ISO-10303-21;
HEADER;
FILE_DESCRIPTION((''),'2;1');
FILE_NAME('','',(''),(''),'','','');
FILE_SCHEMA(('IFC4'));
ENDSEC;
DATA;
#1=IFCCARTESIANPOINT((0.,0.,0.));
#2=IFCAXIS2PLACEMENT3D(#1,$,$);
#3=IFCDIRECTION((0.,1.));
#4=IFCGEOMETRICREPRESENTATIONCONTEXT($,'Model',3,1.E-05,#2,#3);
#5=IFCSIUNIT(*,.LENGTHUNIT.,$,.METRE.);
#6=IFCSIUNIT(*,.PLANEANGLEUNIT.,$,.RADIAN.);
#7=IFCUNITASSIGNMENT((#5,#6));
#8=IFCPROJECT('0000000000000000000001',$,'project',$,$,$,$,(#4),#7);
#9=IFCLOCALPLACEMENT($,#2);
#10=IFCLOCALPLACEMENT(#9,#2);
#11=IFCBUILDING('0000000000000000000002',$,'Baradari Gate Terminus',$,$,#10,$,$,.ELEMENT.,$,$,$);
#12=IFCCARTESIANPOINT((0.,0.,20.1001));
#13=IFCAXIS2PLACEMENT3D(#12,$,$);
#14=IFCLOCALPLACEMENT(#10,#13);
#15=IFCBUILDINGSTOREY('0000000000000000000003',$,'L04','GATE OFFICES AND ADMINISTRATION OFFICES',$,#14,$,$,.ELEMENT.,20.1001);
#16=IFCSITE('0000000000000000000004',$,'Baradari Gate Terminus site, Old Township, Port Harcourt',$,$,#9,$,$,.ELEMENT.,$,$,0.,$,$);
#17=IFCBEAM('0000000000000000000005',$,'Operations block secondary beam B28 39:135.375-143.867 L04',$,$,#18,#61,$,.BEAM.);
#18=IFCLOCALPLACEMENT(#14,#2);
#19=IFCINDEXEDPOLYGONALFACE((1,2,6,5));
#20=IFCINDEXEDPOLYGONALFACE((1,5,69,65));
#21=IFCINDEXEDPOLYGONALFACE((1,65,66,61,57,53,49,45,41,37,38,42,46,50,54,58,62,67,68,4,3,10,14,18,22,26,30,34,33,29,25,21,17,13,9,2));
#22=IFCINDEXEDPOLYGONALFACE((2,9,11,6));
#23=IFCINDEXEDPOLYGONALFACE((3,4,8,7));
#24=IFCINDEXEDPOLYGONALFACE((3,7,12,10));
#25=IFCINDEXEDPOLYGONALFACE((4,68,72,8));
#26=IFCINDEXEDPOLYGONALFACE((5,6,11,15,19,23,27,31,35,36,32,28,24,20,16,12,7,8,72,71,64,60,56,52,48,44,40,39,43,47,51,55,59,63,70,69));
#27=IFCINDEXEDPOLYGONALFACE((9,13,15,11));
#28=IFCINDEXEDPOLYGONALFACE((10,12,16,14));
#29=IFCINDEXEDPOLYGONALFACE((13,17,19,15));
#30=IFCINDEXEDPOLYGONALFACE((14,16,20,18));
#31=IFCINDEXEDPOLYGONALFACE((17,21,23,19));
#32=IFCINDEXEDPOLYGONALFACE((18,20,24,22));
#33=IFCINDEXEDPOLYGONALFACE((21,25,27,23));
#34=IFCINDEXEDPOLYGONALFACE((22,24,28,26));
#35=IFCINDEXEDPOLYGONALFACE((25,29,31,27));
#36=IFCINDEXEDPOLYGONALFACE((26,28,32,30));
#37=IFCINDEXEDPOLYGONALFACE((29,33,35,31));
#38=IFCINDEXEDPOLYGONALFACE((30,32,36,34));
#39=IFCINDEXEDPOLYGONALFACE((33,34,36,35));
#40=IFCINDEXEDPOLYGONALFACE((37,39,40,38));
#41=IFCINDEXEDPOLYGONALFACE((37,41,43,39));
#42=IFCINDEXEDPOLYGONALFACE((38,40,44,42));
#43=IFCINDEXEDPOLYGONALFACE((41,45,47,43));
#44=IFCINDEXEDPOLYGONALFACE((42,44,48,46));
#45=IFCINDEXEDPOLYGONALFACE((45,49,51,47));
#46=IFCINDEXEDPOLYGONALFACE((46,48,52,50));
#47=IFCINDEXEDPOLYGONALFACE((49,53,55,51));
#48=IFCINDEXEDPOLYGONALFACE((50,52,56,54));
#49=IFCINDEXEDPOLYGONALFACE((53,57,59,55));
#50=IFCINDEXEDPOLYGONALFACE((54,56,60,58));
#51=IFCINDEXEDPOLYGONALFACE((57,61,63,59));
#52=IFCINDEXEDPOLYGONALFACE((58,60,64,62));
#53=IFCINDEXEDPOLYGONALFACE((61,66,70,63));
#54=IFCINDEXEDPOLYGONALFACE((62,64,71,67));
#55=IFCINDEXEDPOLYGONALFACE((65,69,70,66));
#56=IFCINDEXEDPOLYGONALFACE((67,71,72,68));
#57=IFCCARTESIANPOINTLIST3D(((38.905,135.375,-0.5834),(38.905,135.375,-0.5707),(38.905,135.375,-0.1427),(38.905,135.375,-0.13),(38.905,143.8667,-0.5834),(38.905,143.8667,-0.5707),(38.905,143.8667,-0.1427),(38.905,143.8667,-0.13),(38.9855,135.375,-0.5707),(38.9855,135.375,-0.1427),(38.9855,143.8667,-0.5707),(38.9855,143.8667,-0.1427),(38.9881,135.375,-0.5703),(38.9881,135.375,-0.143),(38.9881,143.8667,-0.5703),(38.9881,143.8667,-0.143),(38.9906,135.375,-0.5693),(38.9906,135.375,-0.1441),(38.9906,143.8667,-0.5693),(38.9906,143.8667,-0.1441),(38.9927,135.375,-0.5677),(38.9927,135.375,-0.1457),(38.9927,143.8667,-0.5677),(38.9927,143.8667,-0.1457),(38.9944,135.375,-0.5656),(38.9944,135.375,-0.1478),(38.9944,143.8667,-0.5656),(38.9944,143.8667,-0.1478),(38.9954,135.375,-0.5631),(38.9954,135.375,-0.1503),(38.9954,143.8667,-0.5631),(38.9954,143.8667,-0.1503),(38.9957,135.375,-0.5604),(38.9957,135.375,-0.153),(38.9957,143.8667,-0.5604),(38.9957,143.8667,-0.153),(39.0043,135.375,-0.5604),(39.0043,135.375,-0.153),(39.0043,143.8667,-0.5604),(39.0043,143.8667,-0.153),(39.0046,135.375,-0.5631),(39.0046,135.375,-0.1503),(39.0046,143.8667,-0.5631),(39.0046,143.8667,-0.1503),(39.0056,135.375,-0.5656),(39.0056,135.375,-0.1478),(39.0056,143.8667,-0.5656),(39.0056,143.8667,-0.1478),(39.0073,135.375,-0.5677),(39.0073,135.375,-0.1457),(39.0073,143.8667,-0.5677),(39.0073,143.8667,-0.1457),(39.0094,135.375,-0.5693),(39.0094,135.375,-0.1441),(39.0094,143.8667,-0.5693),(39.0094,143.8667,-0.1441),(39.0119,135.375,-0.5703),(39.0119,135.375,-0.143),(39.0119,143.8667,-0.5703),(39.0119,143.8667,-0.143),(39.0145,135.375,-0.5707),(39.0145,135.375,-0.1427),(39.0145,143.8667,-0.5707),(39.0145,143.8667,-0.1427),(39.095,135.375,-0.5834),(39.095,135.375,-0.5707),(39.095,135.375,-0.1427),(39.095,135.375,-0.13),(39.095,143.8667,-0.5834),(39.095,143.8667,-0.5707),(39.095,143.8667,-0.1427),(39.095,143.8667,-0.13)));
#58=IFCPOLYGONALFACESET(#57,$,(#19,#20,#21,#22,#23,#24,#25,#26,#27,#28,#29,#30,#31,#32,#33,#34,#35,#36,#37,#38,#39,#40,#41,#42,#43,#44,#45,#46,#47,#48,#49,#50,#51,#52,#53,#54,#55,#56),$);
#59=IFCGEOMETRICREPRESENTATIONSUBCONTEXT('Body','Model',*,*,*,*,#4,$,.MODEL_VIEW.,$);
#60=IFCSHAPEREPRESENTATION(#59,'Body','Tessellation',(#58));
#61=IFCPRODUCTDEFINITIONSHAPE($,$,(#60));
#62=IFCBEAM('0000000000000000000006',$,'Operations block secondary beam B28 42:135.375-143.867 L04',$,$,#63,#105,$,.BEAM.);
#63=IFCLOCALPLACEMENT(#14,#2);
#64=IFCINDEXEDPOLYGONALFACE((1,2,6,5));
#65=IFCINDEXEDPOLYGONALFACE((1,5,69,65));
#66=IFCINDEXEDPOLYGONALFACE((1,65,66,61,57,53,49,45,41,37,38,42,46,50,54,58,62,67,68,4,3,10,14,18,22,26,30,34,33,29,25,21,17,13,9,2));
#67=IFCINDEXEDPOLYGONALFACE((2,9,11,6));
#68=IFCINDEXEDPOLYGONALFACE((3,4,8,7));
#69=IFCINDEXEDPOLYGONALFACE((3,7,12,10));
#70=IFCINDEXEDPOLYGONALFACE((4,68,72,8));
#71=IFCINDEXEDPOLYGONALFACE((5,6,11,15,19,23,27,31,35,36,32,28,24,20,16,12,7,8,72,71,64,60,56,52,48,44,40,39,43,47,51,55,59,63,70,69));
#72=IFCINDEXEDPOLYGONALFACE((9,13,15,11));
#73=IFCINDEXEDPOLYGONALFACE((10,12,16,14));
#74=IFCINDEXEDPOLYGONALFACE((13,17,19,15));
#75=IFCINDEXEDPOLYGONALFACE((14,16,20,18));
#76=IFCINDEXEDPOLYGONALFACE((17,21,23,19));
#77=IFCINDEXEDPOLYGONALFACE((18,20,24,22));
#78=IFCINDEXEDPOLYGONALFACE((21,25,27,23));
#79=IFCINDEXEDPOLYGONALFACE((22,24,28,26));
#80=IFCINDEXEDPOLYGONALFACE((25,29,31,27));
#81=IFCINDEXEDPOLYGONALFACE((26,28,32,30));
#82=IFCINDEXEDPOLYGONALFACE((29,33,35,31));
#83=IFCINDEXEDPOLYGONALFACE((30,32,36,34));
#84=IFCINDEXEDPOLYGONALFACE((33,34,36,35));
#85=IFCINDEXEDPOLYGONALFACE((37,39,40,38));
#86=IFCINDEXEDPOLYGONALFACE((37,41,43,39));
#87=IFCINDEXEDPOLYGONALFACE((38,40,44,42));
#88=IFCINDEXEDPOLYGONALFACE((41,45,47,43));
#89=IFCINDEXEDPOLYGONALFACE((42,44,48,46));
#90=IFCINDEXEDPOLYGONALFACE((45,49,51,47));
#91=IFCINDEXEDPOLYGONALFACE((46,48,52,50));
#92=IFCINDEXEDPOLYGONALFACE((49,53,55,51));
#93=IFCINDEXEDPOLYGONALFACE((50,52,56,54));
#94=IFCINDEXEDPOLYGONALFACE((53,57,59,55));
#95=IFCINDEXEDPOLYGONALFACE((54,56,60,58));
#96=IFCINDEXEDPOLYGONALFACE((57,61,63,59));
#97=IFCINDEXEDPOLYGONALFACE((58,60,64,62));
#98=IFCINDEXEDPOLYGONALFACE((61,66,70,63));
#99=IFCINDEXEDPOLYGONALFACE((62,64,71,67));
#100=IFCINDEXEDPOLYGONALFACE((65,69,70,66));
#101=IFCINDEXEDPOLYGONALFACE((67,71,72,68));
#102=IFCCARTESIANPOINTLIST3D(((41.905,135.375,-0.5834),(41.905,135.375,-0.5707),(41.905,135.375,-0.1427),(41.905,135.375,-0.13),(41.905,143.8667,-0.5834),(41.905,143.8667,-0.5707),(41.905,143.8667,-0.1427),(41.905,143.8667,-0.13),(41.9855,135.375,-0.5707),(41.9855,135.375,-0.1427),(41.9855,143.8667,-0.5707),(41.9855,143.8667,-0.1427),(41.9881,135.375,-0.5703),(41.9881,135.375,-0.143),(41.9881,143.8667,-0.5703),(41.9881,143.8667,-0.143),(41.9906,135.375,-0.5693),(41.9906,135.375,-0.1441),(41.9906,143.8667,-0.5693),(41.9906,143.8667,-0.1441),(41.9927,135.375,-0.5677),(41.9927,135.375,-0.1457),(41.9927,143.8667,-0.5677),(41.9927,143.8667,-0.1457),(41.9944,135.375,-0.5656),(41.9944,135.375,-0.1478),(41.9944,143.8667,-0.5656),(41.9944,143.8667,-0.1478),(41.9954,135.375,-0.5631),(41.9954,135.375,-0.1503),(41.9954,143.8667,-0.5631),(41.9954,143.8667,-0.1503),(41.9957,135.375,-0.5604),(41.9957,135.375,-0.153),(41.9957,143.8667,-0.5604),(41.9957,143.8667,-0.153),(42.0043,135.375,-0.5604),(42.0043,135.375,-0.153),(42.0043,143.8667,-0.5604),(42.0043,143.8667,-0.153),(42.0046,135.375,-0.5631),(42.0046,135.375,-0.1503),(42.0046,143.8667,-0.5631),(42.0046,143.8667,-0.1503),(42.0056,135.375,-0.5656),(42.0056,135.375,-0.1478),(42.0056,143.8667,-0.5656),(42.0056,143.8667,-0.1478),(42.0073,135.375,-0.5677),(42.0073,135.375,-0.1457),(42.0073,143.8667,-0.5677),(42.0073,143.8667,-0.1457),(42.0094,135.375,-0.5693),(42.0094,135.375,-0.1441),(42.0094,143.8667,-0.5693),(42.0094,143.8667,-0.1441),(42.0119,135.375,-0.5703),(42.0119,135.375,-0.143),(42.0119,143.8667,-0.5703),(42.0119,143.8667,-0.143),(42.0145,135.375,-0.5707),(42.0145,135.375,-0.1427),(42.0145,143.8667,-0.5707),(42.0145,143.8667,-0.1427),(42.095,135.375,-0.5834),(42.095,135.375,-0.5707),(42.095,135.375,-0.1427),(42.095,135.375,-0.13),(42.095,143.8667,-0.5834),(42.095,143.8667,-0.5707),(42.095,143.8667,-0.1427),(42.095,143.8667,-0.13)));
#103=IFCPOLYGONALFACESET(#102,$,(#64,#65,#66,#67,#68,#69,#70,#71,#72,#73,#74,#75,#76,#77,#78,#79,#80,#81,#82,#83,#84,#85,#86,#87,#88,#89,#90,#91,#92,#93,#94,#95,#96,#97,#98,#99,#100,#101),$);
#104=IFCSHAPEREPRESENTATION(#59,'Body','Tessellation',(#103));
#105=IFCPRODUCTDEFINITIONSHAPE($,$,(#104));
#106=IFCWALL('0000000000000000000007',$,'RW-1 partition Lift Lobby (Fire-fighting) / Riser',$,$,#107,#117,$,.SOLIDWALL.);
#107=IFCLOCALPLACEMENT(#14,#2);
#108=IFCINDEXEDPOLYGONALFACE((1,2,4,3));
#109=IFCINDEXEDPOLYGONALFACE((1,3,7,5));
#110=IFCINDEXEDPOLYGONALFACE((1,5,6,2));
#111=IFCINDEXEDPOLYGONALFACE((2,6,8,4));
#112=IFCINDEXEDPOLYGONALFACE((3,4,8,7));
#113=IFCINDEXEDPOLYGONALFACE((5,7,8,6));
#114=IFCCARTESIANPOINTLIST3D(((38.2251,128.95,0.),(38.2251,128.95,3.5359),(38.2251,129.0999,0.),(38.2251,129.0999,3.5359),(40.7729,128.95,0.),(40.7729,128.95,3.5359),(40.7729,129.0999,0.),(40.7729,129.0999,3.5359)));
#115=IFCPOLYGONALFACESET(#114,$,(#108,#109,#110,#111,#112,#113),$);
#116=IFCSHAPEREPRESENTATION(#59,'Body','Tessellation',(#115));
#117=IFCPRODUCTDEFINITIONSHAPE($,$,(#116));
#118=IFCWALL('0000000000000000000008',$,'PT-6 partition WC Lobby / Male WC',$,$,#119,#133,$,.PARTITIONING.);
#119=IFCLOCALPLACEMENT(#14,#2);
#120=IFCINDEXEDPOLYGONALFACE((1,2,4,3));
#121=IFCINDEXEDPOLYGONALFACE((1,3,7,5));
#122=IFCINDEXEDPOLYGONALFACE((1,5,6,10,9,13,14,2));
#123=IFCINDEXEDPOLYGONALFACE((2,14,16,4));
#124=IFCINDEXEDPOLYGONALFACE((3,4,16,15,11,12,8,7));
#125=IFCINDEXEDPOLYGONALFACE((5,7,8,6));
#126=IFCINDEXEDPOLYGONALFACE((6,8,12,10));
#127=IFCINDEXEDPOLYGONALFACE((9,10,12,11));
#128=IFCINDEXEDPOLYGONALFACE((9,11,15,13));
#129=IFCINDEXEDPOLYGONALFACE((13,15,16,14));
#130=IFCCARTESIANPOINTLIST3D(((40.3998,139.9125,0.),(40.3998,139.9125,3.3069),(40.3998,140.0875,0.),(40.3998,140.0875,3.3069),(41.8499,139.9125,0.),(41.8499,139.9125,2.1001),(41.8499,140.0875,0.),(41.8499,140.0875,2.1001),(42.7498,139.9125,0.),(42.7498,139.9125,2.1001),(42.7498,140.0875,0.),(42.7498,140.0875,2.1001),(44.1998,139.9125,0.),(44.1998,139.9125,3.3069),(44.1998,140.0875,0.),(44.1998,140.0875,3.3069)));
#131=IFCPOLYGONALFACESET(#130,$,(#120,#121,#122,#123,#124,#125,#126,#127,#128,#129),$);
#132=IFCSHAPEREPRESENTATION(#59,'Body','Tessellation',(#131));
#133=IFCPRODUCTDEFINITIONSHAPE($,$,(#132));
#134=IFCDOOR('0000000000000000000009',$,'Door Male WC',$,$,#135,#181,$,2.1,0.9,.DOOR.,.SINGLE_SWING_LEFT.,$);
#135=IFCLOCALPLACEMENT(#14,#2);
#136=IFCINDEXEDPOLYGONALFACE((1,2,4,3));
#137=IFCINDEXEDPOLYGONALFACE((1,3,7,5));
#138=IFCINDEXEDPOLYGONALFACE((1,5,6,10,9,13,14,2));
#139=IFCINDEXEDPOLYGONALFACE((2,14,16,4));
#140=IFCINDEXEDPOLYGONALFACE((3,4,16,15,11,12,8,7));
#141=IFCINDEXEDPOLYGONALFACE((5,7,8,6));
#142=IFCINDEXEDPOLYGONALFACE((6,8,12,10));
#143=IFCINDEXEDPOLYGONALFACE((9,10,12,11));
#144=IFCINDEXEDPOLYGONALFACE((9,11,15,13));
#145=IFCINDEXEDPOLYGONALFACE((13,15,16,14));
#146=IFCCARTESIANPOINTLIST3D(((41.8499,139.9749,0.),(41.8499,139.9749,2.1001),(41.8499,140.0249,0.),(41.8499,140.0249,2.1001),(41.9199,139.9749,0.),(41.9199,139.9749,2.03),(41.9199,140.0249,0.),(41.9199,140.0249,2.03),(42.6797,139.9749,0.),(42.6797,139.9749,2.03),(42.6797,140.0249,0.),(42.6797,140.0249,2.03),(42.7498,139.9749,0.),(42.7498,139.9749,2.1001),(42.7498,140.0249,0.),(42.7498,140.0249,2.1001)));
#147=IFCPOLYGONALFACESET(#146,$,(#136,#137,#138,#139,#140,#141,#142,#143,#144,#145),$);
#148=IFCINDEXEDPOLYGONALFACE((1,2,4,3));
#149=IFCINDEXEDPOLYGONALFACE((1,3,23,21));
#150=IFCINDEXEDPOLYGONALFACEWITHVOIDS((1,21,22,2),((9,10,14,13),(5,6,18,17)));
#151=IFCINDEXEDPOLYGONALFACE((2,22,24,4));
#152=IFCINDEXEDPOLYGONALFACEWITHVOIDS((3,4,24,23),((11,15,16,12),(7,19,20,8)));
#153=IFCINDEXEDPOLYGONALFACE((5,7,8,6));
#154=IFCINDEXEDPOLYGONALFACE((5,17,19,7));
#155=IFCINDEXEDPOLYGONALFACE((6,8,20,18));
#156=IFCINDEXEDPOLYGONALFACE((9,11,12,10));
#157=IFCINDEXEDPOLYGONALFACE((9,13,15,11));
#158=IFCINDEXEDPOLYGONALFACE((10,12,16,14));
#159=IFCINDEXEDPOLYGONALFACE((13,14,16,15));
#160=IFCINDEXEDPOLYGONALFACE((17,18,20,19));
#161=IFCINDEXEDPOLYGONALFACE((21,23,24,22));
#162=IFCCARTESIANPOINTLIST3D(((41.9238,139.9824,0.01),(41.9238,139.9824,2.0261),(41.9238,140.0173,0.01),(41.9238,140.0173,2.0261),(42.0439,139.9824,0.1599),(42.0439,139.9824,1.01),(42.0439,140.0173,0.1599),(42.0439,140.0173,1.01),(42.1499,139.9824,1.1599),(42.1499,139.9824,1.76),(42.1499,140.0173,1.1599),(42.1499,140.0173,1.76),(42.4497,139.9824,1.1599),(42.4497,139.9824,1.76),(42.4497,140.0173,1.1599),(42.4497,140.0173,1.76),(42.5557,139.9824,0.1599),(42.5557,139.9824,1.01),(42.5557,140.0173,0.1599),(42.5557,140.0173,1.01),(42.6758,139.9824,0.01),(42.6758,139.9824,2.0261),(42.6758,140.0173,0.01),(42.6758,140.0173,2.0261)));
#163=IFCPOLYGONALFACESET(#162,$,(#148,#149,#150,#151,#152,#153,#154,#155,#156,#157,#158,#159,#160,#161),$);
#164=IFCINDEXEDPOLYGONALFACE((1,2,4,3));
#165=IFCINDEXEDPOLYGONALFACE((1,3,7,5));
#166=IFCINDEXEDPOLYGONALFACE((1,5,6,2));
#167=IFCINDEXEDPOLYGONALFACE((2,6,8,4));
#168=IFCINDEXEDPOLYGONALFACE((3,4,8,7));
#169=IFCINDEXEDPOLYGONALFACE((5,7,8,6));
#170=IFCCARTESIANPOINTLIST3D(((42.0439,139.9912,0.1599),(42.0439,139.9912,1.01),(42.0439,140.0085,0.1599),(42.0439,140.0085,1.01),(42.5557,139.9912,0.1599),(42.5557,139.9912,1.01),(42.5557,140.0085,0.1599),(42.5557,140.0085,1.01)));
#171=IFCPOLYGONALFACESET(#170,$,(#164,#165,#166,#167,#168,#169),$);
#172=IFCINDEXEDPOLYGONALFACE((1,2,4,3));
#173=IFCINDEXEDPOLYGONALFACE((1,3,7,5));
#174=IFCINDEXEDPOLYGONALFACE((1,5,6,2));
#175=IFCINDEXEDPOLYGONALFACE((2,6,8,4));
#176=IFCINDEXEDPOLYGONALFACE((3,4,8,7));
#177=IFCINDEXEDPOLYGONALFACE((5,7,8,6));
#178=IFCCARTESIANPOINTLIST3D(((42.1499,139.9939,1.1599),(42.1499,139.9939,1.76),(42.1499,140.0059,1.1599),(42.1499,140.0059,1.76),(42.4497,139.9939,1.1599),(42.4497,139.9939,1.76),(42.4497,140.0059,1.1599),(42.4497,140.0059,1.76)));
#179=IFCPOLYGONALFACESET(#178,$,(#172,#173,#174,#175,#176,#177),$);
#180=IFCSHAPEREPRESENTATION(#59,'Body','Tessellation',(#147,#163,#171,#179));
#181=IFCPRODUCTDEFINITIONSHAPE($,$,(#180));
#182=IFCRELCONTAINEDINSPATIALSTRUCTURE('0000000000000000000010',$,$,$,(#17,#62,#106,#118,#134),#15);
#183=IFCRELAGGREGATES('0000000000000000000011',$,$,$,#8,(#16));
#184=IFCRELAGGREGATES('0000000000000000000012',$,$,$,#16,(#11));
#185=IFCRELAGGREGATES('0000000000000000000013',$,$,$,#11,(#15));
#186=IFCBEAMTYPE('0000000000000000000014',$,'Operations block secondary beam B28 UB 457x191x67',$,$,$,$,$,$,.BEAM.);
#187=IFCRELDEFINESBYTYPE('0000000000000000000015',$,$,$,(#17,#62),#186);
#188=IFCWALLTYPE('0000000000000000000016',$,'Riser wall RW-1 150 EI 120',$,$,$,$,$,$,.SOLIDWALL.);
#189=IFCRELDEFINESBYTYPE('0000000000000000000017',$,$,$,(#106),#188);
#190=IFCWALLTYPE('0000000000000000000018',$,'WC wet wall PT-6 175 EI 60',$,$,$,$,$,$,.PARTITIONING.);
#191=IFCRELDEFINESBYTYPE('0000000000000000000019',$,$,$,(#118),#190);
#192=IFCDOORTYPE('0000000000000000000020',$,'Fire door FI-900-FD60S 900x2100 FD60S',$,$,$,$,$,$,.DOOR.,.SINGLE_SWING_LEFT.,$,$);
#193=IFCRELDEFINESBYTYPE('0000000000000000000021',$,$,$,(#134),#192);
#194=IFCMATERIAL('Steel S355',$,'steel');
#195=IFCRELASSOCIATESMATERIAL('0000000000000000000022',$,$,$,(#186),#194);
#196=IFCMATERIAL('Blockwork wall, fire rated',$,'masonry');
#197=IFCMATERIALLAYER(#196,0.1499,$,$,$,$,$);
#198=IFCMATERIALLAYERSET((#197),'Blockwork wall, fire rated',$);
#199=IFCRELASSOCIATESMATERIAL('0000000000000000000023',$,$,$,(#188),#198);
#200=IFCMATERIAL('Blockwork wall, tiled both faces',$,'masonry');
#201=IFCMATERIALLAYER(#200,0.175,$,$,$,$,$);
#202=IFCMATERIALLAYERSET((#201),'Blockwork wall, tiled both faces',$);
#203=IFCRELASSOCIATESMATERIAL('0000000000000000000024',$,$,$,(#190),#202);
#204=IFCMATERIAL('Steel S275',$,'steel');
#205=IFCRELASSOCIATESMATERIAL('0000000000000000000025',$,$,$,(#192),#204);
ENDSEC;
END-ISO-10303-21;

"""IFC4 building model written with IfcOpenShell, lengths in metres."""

from ifc_helpers import new_model, si_unit, direction, frame, frame_2d, origin, origin_2d, place, context, subcontext, project, spatial, polyline, rectangle, i_section, outline, extrude, material, layer, layer_set, material_profile, profile_set, type_object, element, fill, save


model = new_model("IFC4")

# Units and contexts
model_context = context("Model", 3, precision=1e-05, world=origin(), true_north=direction((0.0, 1.0)))
body_context = subcontext(model_context, "Body", "Model", "MODEL_VIEW")
ifc_project = project(units=[si_unit("LENGTHUNIT", "METRE"), si_unit("PLANEANGLEUNIT", "RADIAN")], contexts=[model_context])

# Site, building, storey
site_placement = place(None, origin())
site = spatial("IfcSite", under=ifc_project, at=site_placement, Name="Baradari Gate Terminus site, Old Township, Port Harcourt", CompositionType="ELEMENT", RefElevation=0.0)
building_placement = place(site_placement, origin())
building = spatial("IfcBuilding", under=site, at=building_placement, Name="Baradari Gate Terminus", CompositionType="ELEMENT")
storey_placement = place(building_placement, frame((0.0, 0.0, 20.1001)))
storey = spatial("IfcBuildingStorey", under=building, at=storey_placement, Name="L04", Description="GATE OFFICES AND ADMINISTRATION OFFICES", CompositionType="ELEMENT", Elevation=20.1001)

# Beams
ifc_material_1 = material(Name="Steel S355", Category="steel")
ifc_material_profile_1 = material_profile(ifc_material_1, i_section(OverallWidth=0.1899, OverallDepth=0.4534, WebThickness=0.0085, FlangeThickness=0.0127, FilletRadius=0.0103, at=origin_2d()), Name="UB 457x191x67")
ifc_profile_set_1 = profile_set([ifc_material_profile_1], Name="Steel S355")
beam_type_1 = type_object("IfcBeamType", Name="Operations block secondary beam B28 UB 457x191x67", PredefinedType="BEAM", material=ifc_profile_set_1)
for number, where, z_axis, x_axis, name in (
    (1, (39.0, 135.375, -0.3567), (0.0, 1.0, 0.0), (-1.0, 0.0, 0.0), "Operations block secondary beam B28 39:135.375-143.867 L04"),
    (2, (42.0, 135.375, -0.3567), (0.0, 1.0, 0.0), (-1.0, 0.0, 0.0), "Operations block secondary beam B28 42:135.375-143.867 L04"),
):
    element("IfcBeam", number, at=place(storey_placement, frame(where, z_axis=z_axis, x_axis=x_axis)), inside=storey, type_object=beam_type_1, Name=name, PredefinedType="BEAM", context=body_context, shape_type="SweptSolid", body=[
        extrude(i_section(OverallWidth=0.1899, OverallDepth=0.4534, WebThickness=0.0085, FlangeThickness=0.0127, FilletRadius=0.0103, at=origin_2d()), origin(), (0.0, 0.0, 1.0), 8.4917),
    ])

# Wall
ifc_material_2 = material(Name="Blockwork wall, fire rated", Category="masonry")
ifc_layer_1 = layer(ifc_material_2, 0.1499)
ifc_layer_set_1 = layer_set([ifc_layer_1], Name="Blockwork wall, fire rated")
wall_type_1 = type_object("IfcWallType", Name="Riser wall RW-1 150 EI 120", PredefinedType="SOLIDWALL", material=ifc_layer_set_1)
wall_1_placement = place(storey_placement, frame((40.7729, 129.0249, 0.0), z_axis=(0.0, 0.0, 1.0), x_axis=(-1.0, 0.0, 0.0)))
element("IfcWall", 3, at=wall_1_placement, inside=storey, type_object=wall_type_1, Name="RW-1 partition Lift Lobby (Fire-fighting) / Riser", PredefinedType="SOLIDWALL", context=body_context, shape_type="SweptSolid", body=[
    extrude(rectangle(XDim=2.5479, YDim=0.1499, at=frame_2d((1.2739, 0.0))), origin(), (0.0, 0.0, 1.0), 3.5359),
])

# Wall, opening, door
ifc_material_3 = material(Name="Blockwork wall, tiled both faces", Category="masonry")
ifc_layer_2 = layer(ifc_material_3, 0.175)
ifc_layer_set_2 = layer_set([ifc_layer_2], Name="Blockwork wall, tiled both faces")
wall_type_2 = type_object("IfcWallType", Name="WC wet wall PT-6 175 EI 60", PredefinedType="PARTITIONING", material=ifc_layer_set_2)
wall_2_placement = place(storey_placement, frame((40.3999, 140.0, 0.0), z_axis=(0.0, 0.0, 1.0), x_axis=(1.0, 0.0, 0.0)))
wall_2 = element("IfcWall", 4, at=wall_2_placement, inside=storey, type_object=wall_type_2, Name="PT-6 partition WC Lobby / Male WC", PredefinedType="PARTITIONING", context=body_context, shape_type="SweptSolid", body=[
    extrude(rectangle(XDim=3.8, YDim=0.175, at=frame_2d((1.8999, 0.0))), origin(), (0.0, 0.0, 1.0), 3.3069),
])
opening_placement = place(wall_2_placement, frame((1.45, 0.0, 0.0)))
opening = element("IfcOpeningElement", 5, at=opening_placement, cuts=wall_2, PredefinedType="OPENING", context=body_context, shape_type="SweptSolid", body=[
    extrude(rectangle(XDim=0.8999, YDim=2.1001, at=frame_2d((0.45, 1.05))), frame((0.0, 0.0974, 0.0), z_axis=(0.0, -1.0, 0.0), x_axis=(1.0, 0.0, 0.0)), (0.0, 0.0, 1.0), 0.1951),
])
ifc_material_4 = material(Name="Steel S275", Category="steel")
door_type = type_object("IfcDoorType", Name="Fire door FI-900-FD60S 900x2100 FD60S", OperationType="SINGLE_SWING_LEFT", PredefinedType="DOOR", material=ifc_material_4)
door_placement = place(opening_placement, origin())
door = element("IfcDoor", 6, at=door_placement, inside=storey, type_object=door_type, Name="Door Male WC", OperationType="SINGLE_SWING_LEFT", OverallHeight=2.1, OverallWidth=0.9, PredefinedType="DOOR", context=body_context, shape_type="SweptSolid", body=[
    extrude(outline(polyline([(0.0, 0.0), (0.0701, 0.0), (0.0701, 2.03), (0.8298, 2.03), (0.8298, 0.0), (0.8999, 0.0), (0.8999, 2.1001), (0.0, 2.1001), (0.0, 0.0)])), frame((0.0, 0.0249, 0.0), z_axis=(0.0, -1.0, 0.0), x_axis=(1.0, 0.0, 0.0)), (0.0, 0.0, 1.0), 0.05),
    extrude(outline(polyline([(0.074, 0.01), (0.8259, 0.01), (0.8259, 2.0261), (0.074, 2.0261), (0.074, 0.01)]), holes=[polyline([(0.1941, 0.1599), (0.7058, 0.1599), (0.7058, 1.01), (0.1941, 1.01), (0.1941, 0.1599)]), polyline([(0.3, 1.1599), (0.5999, 1.1599), (0.5999, 1.76), (0.3, 1.76), (0.3, 1.1599)])]), frame((0.0, 0.0173, 0.0), z_axis=(0.0, -1.0, 0.0), x_axis=(1.0, 0.0, 0.0)), (0.0, 0.0, 1.0), 0.0349),
    extrude(rectangle(XDim=0.5117, YDim=0.8501, at=frame_2d((0.45, 0.585))), frame((0.0, 0.0085, 0.0), z_axis=(0.0, -1.0, 0.0), x_axis=(1.0, 0.0, 0.0)), (0.0, 0.0, 1.0), 0.0173),
    extrude(rectangle(XDim=0.2998, YDim=0.6001, at=frame_2d((0.45, 1.46))), frame((0.0, 0.0059, 0.0), z_axis=(0.0, -1.0, 0.0), x_axis=(1.0, 0.0, 0.0)), (0.0, 0.0, 1.0), 0.012),
])
fill(opening, door)

save(model, "model.ifc")
